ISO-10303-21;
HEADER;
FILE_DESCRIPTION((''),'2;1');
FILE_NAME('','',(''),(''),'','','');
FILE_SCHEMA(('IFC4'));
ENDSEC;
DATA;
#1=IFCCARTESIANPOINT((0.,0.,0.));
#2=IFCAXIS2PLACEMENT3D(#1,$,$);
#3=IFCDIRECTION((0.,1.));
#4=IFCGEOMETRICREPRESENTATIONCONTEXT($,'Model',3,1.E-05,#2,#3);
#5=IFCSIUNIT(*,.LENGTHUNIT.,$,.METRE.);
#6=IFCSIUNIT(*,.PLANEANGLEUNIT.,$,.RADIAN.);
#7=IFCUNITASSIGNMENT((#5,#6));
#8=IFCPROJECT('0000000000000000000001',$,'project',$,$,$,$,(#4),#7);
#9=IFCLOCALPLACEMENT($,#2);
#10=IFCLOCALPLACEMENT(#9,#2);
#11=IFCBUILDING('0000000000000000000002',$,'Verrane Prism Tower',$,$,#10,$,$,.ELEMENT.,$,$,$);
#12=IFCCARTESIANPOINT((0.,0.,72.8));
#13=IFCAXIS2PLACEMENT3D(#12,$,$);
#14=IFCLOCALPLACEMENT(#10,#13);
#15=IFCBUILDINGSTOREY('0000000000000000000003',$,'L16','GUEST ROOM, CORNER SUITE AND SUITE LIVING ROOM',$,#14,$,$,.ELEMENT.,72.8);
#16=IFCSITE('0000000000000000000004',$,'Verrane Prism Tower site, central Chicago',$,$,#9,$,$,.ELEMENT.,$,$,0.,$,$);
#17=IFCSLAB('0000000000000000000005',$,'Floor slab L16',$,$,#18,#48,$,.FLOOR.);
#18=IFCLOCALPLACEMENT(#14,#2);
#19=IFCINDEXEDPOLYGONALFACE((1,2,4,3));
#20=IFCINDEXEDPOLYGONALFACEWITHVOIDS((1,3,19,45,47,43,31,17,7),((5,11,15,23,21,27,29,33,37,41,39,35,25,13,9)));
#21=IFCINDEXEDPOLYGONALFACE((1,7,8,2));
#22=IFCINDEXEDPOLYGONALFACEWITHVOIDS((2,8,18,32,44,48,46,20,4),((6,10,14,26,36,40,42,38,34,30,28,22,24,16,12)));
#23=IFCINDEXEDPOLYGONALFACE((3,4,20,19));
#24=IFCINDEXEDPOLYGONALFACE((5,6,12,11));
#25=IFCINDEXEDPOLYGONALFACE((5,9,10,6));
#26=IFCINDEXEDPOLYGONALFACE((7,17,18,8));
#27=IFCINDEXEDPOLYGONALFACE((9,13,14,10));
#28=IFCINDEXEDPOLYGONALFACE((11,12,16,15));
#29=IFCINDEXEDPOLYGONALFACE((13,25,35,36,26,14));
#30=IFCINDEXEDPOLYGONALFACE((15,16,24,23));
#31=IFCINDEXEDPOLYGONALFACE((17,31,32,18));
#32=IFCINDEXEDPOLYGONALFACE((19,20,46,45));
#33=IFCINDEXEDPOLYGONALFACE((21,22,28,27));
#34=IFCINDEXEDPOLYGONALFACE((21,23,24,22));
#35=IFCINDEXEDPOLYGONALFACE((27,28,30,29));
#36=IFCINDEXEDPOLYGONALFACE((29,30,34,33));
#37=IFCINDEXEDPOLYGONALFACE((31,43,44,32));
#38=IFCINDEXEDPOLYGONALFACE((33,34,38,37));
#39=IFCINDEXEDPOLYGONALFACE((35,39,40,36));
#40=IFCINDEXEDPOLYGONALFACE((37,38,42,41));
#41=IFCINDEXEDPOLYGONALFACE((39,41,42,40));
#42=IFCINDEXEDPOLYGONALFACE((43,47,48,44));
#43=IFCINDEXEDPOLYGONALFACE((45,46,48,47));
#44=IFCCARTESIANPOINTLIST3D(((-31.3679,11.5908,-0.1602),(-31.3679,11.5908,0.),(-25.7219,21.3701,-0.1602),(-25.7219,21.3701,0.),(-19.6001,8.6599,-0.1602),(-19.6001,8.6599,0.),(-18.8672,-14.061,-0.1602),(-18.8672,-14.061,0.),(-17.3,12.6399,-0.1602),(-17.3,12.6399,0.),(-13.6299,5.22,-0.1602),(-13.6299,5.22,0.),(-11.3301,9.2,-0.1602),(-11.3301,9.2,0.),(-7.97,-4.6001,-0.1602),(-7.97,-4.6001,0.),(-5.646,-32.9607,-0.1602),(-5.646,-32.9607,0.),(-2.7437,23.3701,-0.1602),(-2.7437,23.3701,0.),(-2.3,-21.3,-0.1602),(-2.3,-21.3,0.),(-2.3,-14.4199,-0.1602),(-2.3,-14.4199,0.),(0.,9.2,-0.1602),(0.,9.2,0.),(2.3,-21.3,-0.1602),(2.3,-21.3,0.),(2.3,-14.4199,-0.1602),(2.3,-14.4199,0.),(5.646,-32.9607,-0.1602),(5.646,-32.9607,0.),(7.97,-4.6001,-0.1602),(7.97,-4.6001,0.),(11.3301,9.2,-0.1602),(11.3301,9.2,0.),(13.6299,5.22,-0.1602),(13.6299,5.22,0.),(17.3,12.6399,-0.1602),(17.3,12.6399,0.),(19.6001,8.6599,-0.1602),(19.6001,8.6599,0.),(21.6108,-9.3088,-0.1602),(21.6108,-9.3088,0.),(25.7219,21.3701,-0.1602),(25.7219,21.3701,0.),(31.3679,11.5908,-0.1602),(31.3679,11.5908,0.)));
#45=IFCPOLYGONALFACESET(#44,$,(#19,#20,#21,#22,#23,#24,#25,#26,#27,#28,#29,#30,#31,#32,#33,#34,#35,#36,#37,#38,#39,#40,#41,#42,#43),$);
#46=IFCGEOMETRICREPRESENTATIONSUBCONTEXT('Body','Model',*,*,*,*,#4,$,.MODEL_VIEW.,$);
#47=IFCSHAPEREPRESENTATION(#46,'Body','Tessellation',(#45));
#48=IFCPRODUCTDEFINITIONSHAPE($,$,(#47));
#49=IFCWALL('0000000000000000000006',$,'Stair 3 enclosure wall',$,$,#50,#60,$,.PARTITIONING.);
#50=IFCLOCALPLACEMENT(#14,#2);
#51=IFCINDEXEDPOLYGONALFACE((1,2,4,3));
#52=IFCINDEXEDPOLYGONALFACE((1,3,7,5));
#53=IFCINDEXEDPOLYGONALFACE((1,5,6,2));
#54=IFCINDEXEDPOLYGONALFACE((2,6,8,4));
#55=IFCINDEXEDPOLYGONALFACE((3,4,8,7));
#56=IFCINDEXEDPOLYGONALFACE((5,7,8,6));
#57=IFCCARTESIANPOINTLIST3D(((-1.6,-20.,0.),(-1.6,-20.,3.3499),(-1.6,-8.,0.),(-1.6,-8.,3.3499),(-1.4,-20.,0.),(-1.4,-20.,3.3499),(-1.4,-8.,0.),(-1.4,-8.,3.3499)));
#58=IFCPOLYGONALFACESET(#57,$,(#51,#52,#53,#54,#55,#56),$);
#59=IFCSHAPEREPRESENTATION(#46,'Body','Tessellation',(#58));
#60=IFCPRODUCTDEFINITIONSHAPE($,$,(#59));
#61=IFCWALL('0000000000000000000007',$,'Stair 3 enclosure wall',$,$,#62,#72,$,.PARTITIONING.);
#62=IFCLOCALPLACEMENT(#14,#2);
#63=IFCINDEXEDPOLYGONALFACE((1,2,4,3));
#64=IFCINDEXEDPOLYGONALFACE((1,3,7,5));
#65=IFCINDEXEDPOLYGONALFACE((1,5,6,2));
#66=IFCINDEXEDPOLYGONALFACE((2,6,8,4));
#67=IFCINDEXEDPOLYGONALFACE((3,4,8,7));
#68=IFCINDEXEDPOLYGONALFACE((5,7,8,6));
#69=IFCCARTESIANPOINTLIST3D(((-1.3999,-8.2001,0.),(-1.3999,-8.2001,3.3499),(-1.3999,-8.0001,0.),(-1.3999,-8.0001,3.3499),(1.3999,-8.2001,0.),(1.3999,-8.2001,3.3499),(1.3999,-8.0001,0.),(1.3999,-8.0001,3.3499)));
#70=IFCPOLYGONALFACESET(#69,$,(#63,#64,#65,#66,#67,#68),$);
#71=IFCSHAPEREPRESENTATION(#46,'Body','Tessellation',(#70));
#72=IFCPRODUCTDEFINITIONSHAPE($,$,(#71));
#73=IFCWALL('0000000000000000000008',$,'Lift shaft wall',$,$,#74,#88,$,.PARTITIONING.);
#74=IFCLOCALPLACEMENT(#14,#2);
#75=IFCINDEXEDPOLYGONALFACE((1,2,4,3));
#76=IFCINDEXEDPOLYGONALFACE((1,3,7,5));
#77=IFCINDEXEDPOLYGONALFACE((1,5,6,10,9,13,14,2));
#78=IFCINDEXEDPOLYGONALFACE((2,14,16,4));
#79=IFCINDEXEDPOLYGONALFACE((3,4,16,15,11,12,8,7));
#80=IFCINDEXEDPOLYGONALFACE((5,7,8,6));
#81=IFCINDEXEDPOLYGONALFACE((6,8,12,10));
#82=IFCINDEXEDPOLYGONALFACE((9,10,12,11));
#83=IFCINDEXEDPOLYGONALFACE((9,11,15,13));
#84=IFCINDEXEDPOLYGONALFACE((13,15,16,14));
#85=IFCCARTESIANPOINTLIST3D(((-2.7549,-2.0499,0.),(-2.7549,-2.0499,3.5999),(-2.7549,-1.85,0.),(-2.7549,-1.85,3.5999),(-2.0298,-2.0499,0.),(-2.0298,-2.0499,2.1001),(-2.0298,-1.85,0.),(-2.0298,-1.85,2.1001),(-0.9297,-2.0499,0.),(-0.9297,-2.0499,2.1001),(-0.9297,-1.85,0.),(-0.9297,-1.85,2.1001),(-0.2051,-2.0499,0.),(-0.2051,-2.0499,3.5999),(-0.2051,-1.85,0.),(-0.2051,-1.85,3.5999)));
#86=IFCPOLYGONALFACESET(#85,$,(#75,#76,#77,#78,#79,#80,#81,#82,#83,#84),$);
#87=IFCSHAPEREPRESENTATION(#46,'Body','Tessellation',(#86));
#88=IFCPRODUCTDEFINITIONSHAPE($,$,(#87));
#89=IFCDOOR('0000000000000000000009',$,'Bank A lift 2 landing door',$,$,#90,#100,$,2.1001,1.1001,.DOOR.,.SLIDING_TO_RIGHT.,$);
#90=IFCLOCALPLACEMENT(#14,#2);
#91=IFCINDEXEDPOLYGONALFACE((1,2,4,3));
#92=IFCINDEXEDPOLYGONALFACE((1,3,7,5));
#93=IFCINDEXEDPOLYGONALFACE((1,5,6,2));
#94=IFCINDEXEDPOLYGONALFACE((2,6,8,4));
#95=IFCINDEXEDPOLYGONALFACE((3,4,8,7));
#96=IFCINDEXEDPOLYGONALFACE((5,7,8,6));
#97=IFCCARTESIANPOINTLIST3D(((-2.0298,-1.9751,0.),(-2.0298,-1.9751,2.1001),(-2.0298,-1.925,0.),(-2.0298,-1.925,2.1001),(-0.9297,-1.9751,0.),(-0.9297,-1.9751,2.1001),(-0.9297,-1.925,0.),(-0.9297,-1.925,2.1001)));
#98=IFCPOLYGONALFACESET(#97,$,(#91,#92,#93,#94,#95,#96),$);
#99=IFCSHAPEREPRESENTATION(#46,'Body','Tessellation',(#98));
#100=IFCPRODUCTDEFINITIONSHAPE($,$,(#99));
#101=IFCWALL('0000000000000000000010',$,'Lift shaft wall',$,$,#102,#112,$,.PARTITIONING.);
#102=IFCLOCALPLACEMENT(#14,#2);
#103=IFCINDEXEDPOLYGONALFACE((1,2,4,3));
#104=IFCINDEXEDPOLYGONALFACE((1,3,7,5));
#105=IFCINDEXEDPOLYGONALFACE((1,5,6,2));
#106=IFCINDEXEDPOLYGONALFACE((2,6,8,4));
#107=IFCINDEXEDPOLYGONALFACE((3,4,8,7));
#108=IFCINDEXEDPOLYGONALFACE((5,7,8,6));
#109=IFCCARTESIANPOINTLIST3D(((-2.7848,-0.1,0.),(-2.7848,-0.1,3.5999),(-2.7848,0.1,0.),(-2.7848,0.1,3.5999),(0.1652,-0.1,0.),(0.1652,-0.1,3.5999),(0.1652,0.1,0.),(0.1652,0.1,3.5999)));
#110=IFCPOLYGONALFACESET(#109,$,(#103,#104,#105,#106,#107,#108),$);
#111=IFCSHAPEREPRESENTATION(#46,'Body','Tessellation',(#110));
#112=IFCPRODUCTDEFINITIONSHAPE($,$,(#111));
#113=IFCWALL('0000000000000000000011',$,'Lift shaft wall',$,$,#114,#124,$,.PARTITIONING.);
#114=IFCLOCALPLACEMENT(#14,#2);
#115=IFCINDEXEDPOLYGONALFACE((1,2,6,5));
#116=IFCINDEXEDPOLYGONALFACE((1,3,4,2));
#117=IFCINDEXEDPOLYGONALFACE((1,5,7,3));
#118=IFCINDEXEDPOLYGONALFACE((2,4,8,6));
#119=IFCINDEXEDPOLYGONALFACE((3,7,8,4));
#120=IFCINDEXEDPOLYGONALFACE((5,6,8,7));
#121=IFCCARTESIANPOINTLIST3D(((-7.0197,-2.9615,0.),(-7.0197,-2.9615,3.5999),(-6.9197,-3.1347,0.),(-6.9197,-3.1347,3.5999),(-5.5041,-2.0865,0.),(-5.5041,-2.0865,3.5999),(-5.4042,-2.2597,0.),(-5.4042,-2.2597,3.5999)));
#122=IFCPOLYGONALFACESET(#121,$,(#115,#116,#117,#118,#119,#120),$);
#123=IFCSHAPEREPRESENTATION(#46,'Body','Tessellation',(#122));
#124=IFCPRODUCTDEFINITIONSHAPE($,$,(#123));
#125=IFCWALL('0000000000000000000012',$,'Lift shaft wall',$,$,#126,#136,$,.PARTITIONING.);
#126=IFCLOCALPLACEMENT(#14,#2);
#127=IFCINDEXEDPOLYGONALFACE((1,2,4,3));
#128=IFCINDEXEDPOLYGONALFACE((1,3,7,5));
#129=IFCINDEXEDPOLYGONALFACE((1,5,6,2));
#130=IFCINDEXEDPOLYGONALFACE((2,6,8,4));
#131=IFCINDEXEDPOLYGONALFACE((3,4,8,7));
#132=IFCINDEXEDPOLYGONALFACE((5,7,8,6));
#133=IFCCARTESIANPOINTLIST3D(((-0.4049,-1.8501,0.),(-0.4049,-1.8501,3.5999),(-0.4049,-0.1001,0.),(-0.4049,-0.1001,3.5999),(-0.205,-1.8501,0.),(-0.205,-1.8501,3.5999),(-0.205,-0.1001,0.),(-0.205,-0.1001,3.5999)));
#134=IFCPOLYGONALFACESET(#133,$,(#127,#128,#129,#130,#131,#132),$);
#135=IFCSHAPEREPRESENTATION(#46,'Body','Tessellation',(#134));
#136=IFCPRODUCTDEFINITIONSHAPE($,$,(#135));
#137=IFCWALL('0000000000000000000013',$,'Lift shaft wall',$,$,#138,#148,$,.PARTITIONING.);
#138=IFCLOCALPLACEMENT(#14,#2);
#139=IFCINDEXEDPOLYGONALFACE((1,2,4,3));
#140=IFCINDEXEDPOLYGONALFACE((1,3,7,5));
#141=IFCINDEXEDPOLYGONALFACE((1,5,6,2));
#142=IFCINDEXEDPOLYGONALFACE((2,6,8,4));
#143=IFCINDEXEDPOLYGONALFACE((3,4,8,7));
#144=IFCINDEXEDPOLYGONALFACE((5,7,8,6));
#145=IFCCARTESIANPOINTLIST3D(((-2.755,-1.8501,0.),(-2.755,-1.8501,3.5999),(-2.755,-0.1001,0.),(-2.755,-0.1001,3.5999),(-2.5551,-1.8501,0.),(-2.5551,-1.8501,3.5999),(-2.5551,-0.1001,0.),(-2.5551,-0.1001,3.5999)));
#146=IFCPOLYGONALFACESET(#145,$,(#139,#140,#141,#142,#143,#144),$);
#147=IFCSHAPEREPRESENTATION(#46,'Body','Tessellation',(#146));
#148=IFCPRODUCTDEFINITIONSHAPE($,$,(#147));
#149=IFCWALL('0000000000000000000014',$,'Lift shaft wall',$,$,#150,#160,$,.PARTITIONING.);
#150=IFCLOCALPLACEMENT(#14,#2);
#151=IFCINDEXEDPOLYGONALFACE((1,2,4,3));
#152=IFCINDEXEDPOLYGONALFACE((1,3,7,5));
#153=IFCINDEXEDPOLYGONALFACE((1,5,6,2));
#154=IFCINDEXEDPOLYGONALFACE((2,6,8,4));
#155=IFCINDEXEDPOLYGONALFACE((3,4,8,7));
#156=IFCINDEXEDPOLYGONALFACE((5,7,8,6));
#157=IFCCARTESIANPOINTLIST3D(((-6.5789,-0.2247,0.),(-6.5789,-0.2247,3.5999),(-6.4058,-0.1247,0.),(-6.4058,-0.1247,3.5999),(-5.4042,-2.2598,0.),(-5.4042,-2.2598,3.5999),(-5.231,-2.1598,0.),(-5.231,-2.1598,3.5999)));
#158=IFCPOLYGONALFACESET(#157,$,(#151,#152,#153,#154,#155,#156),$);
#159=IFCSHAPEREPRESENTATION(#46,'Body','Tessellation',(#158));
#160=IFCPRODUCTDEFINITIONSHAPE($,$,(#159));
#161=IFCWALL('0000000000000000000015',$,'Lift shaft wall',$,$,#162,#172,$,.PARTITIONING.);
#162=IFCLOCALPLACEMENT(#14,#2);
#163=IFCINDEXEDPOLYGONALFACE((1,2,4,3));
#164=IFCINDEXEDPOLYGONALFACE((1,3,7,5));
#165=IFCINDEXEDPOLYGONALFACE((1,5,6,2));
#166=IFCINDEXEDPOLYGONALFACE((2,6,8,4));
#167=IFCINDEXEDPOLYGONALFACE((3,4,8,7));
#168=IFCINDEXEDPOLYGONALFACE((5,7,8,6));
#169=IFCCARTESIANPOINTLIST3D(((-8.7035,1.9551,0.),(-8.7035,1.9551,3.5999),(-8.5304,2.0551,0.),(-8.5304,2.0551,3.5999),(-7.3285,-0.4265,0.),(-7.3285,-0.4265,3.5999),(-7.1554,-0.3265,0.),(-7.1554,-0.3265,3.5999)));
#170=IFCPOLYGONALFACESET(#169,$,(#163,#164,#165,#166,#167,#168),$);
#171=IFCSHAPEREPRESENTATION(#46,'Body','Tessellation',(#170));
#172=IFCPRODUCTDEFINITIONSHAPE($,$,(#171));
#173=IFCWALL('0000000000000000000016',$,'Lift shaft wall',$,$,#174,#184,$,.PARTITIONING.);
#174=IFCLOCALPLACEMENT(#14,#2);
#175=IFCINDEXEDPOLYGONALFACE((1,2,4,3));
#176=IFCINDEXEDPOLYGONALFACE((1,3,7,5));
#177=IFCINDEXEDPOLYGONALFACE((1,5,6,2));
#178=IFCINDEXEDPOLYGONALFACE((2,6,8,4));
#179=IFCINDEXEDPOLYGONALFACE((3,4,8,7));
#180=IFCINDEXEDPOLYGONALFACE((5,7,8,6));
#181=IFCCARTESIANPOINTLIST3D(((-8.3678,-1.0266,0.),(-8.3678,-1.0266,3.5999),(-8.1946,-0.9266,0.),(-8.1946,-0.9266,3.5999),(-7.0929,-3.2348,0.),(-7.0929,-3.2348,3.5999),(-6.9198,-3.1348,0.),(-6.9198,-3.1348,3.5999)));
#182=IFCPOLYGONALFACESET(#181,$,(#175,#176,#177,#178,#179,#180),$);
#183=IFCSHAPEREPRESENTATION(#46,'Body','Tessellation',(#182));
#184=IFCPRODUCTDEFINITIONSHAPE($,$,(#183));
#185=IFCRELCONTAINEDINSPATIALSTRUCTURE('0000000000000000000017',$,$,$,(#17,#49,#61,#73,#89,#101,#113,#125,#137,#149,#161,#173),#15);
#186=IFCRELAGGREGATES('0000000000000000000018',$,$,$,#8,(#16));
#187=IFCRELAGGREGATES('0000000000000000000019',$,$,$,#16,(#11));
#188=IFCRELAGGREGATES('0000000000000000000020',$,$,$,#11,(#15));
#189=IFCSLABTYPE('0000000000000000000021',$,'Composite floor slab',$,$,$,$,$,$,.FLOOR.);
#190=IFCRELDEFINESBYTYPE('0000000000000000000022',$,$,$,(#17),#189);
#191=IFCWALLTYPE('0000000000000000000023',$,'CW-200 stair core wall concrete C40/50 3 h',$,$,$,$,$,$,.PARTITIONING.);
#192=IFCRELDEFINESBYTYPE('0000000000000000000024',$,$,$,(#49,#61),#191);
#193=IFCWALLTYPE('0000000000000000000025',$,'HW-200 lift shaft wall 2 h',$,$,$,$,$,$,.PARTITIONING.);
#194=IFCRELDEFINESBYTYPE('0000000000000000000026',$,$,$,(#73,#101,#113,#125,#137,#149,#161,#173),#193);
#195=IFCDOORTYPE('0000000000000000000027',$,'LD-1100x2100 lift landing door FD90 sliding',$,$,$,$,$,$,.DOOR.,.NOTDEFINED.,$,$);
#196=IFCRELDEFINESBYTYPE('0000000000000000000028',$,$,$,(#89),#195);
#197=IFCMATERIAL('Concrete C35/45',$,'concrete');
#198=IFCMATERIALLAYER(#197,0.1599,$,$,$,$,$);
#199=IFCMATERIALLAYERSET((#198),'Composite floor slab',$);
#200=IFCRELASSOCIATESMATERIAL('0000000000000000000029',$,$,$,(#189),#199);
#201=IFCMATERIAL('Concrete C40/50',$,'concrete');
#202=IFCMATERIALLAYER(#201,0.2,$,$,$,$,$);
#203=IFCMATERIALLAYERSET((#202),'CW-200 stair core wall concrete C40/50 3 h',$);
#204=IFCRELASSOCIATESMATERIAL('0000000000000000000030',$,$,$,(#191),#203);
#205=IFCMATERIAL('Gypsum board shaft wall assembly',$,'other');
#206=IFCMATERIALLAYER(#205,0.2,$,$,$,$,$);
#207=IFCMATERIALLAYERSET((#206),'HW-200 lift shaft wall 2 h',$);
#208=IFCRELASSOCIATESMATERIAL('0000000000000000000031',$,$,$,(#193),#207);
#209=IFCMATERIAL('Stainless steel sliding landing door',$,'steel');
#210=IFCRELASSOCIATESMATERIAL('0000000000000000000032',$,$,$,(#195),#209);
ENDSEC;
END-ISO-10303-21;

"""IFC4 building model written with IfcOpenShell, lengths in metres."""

from ifc_helpers import new_model, si_unit, direction, frame, frame_2d, origin, place, context, subcontext, project, spatial, polyline, rectangle, outline, extrude, material, layer, layer_set, type_object, element, fill, save


model = new_model("IFC4")

# Units and contexts
model_context = context("Model", 3, precision=1e-05, world=origin(), true_north=direction((0.0, 1.0)))
body_context = subcontext(model_context, "Body", "Model", "MODEL_VIEW")
ifc_project = project(units=[si_unit("LENGTHUNIT", "METRE"), si_unit("PLANEANGLEUNIT", "RADIAN")], contexts=[model_context])

# Site, building, storey
site_placement = place(None, origin())
site = spatial("IfcSite", under=ifc_project, at=site_placement, Name="Verrane Prism Tower site, central Chicago", CompositionType="ELEMENT", RefElevation=0.0)
building_placement = place(site_placement, origin())
building = spatial("IfcBuilding", under=site, at=building_placement, Name="Verrane Prism Tower", CompositionType="ELEMENT")
storey_placement = place(building_placement, frame((0.0, 0.0, 72.8)))
storey = spatial("IfcBuildingStorey", under=building, at=storey_placement, Name="L16", Description="GUEST ROOM, CORNER SUITE AND SUITE LIVING ROOM", CompositionType="ELEMENT", Elevation=72.8)

# Slab
ifc_material_1 = material(Name="Concrete C35/45", Category="concrete")
ifc_layer_1 = layer(ifc_material_1, 0.1599)
ifc_layer_set_1 = layer_set([ifc_layer_1], Name="Composite floor slab")
slab_type = type_object("IfcSlabType", Name="Composite floor slab", PredefinedType="FLOOR", material=ifc_layer_set_1)
slab_placement = place(storey_placement, frame((0.0, 0.0, -0.1602)))
element("IfcSlab", 1, at=slab_placement, inside=storey, type_object=slab_type, Name="Floor slab L16", PredefinedType="FLOOR", context=body_context, shape_type="SweptSolid", body=[
    extrude(outline(polyline([(21.6108, -9.3088), (5.646, -32.9607), (-5.646, -32.9607), (-18.8672, -14.061), (-31.3679, 11.5908), (-25.7219, 21.3701), (-2.7437, 23.3701), (25.7219, 21.3701), (31.3679, 11.5908), (21.6108, -9.3088)]), holes=[polyline([(19.6001, 8.6599), (17.3, 12.6399), (11.3301, 9.2), (0.0, 9.2), (-11.3301, 9.2), (-17.3, 12.6399), (-19.6001, 8.6599), (-13.6299, 5.22), (-7.97, -4.6001), (-2.3, -14.4199), (-2.3, -21.3), (2.3, -21.3), (2.3, -14.4199), (7.97, -4.6001), (13.6299, 5.22), (19.6001, 8.6599)])]), origin(), (0.0, 0.0, 1.0), 0.1602),
])

# Walls
ifc_material_2 = material(Name="Concrete C40/50", Category="concrete")
ifc_layer_2 = layer(ifc_material_2, 0.2)
ifc_layer_set_2 = layer_set([ifc_layer_2], Name="CW-200 stair core wall concrete C40/50 3 h")
wall_type_1 = type_object("IfcWallType", Name="CW-200 stair core wall concrete C40/50 3 h", PredefinedType="PARTITIONING", material=ifc_layer_set_2)
wall_1_placement = place(storey_placement, frame((-1.5, -8.0, 0.0), z_axis=(0.0, 0.0, 1.0), x_axis=(0.0, -1.0, 0.0)))
element("IfcWall", 2, at=wall_1_placement, inside=storey, type_object=wall_type_1, Name="Stair 3 enclosure wall", PredefinedType="PARTITIONING", context=body_context, shape_type="SweptSolid", body=[
    extrude(rectangle(XDim=12.0, YDim=0.2, at=frame_2d((6.0, 0.0))), origin(), (0.0, 0.0, 1.0), 3.3499),
])
wall_2_placement = place(storey_placement, frame((-1.3999, -8.1001, 0.0), z_axis=(0.0, 0.0, 1.0), x_axis=(1.0, 0.0, 0.0)))
element("IfcWall", 3, at=wall_2_placement, inside=storey, type_object=wall_type_1, Name="Stair 3 enclosure wall", PredefinedType="PARTITIONING", context=body_context, shape_type="SweptSolid", body=[
    extrude(rectangle(XDim=2.7998, YDim=0.2, at=frame_2d((1.3999, 0.0))), origin(), (0.0, 0.0, 1.0), 3.3499),
])

# Wall, opening, door
ifc_material_3 = material(Name="Gypsum board shaft wall assembly", Category="other")
ifc_layer_3 = layer(ifc_material_3, 0.2)
ifc_layer_set_3 = layer_set([ifc_layer_3], Name="HW-200 lift shaft wall 2 h")
wall_type_2 = type_object("IfcWallType", Name="HW-200 lift shaft wall 2 h", PredefinedType="PARTITIONING", material=ifc_layer_set_3)
wall_3_placement = place(storey_placement, frame((-2.7549, -1.95, 0.0), z_axis=(0.0, 0.0, 1.0), x_axis=(1.0, 0.0, 0.0)))
wall_3 = element("IfcWall", 4, at=wall_3_placement, inside=storey, type_object=wall_type_2, Name="Lift shaft wall", PredefinedType="PARTITIONING", context=body_context, shape_type="SweptSolid", body=[
    extrude(rectangle(XDim=2.5498, YDim=0.2, at=frame_2d((1.2749, 0.0))), origin(), (0.0, 0.0, 1.0), 3.5999),
])
opening_1_placement = place(wall_3_placement, frame((0.7251, 0.0, 0.0)))
opening_1 = element("IfcOpeningElement", 5, at=opening_1_placement, cuts=wall_3, PredefinedType="OPENING", context=body_context, shape_type="SweptSolid", body=[
    extrude(rectangle(XDim=1.1001, YDim=2.1001, at=frame_2d((0.55, 1.05))), frame((0.0, 0.1099, 0.0), z_axis=(0.0, -1.0, 0.0), x_axis=(1.0, 0.0, 0.0)), (0.0, 0.0, 1.0), 0.22),
])
ifc_material_4 = material(Name="Stainless steel sliding landing door", Category="steel")
door_type_1 = type_object("IfcDoorType", Name="LD-1100x2100 lift landing door FD90 sliding", OperationType="NOTDEFINED", PredefinedType="DOOR", material=ifc_material_4)
door_1_placement = place(opening_1_placement, origin())
door_1 = element("IfcDoor", 6, at=door_1_placement, inside=storey, type_object=door_type_1, Name="Bank A lift 2 landing door", OperationType="SLIDING_TO_RIGHT", OverallHeight=2.1001, OverallWidth=1.1001, PredefinedType="DOOR", context=body_context, shape_type="SweptSolid", body=[
    extrude(rectangle(XDim=1.1001, YDim=2.1001, at=frame_2d((0.55, 1.05))), frame((0.0, 0.0249, 0.0), z_axis=(0.0, -1.0, 0.0), x_axis=(1.0, 0.0, 0.0)), (0.0, 0.0, 1.0), 0.05),
])
fill(opening_1, door_1)

# Walls
wall_4_placement = place(storey_placement, frame((-2.7849, 0.0, 0.0), z_axis=(0.0, 0.0, 1.0), x_axis=(1.0, 0.0, 0.0)))
element("IfcWall", 7, at=wall_4_placement, inside=storey, type_object=wall_type_2, Name="Lift shaft wall", PredefinedType="PARTITIONING", context=body_context, shape_type="SweptSolid", body=[
    extrude(rectangle(XDim=2.95, YDim=0.2, at=frame_2d((1.4751, 0.0))), origin(), (0.0, 0.0, 1.0), 3.5999),
])
for number, where, z_axis, x_axis, name in (
    (8, (-6.9697, -3.0481, 0.0), (0.0, 0.0, 1.0), (0.866037, 0.49998, 0.0), "Lift shaft wall"),
    (9, (-0.3049, -1.8501, 0.0), (0.0, 0.0, 1.0), (0.0, 1.0, 0.0), "Lift shaft wall"),
    (10, (-2.655, -1.8501, 0.0), (0.0, 0.0, 1.0), (0.0, 1.0, 0.0), "Lift shaft wall"),
):
    element("IfcWall", number, at=place(storey_placement, frame(where, z_axis=z_axis, x_axis=x_axis)), inside=storey, type_object=wall_type_2, Name=name, PredefinedType="PARTITIONING", context=body_context, shape_type="SweptSolid", body=[
        extrude(rectangle(XDim=1.75, YDim=0.2, at=frame_2d((0.875, 0.0))), origin(), (0.0, 0.0, 1.0), 3.5999),
    ])
wall_5_placement = place(storey_placement, frame((-5.3176, -2.2097, 0.0), z_axis=(0.0, 0.0, 1.0), x_axis=(-0.499938, 0.866061, 0.0)))
element("IfcWall", 11, at=wall_5_placement, inside=storey, type_object=wall_type_2, Name="Lift shaft wall", PredefinedType="PARTITIONING", context=body_context, shape_type="SweptSolid", body=[
    extrude(rectangle(XDim=2.3499, YDim=0.2, at=frame_2d((1.1748, 0.0))), origin(), (0.0, 0.0, 1.0), 3.5999),
])
wall_6_placement = place(storey_placement, frame((-7.2419, -0.3765, 0.0), z_axis=(0.0, 0.0, 1.0), x_axis=(-0.499997, 0.866027, 0.0)))
element("IfcWall", 12, at=wall_6_placement, inside=storey, type_object=wall_type_2, Name="Lift shaft wall", PredefinedType="PARTITIONING", context=body_context, shape_type="SweptSolid", body=[
    extrude(rectangle(XDim=2.75, YDim=0.2, at=frame_2d((1.375, 0.0))), origin(), (0.0, 0.0, 1.0), 3.5999),
])
wall_7_placement = place(storey_placement, frame((-7.0063, -3.1848, 0.0), z_axis=(0.0, 0.0, 1.0), x_axis=(-0.49999, 0.866031, 0.0)))
element("IfcWall", 13, at=wall_7_placement, inside=storey, type_object=wall_type_2, Name="Lift shaft wall", PredefinedType="PARTITIONING", context=body_context, shape_type="SweptSolid", body=[
    extrude(rectangle(XDim=2.5498, YDim=0.2, at=frame_2d((1.2749, 0.0))), origin(), (0.0, 0.0, 1.0), 3.5999),
])

save(model, "model.ifc")
